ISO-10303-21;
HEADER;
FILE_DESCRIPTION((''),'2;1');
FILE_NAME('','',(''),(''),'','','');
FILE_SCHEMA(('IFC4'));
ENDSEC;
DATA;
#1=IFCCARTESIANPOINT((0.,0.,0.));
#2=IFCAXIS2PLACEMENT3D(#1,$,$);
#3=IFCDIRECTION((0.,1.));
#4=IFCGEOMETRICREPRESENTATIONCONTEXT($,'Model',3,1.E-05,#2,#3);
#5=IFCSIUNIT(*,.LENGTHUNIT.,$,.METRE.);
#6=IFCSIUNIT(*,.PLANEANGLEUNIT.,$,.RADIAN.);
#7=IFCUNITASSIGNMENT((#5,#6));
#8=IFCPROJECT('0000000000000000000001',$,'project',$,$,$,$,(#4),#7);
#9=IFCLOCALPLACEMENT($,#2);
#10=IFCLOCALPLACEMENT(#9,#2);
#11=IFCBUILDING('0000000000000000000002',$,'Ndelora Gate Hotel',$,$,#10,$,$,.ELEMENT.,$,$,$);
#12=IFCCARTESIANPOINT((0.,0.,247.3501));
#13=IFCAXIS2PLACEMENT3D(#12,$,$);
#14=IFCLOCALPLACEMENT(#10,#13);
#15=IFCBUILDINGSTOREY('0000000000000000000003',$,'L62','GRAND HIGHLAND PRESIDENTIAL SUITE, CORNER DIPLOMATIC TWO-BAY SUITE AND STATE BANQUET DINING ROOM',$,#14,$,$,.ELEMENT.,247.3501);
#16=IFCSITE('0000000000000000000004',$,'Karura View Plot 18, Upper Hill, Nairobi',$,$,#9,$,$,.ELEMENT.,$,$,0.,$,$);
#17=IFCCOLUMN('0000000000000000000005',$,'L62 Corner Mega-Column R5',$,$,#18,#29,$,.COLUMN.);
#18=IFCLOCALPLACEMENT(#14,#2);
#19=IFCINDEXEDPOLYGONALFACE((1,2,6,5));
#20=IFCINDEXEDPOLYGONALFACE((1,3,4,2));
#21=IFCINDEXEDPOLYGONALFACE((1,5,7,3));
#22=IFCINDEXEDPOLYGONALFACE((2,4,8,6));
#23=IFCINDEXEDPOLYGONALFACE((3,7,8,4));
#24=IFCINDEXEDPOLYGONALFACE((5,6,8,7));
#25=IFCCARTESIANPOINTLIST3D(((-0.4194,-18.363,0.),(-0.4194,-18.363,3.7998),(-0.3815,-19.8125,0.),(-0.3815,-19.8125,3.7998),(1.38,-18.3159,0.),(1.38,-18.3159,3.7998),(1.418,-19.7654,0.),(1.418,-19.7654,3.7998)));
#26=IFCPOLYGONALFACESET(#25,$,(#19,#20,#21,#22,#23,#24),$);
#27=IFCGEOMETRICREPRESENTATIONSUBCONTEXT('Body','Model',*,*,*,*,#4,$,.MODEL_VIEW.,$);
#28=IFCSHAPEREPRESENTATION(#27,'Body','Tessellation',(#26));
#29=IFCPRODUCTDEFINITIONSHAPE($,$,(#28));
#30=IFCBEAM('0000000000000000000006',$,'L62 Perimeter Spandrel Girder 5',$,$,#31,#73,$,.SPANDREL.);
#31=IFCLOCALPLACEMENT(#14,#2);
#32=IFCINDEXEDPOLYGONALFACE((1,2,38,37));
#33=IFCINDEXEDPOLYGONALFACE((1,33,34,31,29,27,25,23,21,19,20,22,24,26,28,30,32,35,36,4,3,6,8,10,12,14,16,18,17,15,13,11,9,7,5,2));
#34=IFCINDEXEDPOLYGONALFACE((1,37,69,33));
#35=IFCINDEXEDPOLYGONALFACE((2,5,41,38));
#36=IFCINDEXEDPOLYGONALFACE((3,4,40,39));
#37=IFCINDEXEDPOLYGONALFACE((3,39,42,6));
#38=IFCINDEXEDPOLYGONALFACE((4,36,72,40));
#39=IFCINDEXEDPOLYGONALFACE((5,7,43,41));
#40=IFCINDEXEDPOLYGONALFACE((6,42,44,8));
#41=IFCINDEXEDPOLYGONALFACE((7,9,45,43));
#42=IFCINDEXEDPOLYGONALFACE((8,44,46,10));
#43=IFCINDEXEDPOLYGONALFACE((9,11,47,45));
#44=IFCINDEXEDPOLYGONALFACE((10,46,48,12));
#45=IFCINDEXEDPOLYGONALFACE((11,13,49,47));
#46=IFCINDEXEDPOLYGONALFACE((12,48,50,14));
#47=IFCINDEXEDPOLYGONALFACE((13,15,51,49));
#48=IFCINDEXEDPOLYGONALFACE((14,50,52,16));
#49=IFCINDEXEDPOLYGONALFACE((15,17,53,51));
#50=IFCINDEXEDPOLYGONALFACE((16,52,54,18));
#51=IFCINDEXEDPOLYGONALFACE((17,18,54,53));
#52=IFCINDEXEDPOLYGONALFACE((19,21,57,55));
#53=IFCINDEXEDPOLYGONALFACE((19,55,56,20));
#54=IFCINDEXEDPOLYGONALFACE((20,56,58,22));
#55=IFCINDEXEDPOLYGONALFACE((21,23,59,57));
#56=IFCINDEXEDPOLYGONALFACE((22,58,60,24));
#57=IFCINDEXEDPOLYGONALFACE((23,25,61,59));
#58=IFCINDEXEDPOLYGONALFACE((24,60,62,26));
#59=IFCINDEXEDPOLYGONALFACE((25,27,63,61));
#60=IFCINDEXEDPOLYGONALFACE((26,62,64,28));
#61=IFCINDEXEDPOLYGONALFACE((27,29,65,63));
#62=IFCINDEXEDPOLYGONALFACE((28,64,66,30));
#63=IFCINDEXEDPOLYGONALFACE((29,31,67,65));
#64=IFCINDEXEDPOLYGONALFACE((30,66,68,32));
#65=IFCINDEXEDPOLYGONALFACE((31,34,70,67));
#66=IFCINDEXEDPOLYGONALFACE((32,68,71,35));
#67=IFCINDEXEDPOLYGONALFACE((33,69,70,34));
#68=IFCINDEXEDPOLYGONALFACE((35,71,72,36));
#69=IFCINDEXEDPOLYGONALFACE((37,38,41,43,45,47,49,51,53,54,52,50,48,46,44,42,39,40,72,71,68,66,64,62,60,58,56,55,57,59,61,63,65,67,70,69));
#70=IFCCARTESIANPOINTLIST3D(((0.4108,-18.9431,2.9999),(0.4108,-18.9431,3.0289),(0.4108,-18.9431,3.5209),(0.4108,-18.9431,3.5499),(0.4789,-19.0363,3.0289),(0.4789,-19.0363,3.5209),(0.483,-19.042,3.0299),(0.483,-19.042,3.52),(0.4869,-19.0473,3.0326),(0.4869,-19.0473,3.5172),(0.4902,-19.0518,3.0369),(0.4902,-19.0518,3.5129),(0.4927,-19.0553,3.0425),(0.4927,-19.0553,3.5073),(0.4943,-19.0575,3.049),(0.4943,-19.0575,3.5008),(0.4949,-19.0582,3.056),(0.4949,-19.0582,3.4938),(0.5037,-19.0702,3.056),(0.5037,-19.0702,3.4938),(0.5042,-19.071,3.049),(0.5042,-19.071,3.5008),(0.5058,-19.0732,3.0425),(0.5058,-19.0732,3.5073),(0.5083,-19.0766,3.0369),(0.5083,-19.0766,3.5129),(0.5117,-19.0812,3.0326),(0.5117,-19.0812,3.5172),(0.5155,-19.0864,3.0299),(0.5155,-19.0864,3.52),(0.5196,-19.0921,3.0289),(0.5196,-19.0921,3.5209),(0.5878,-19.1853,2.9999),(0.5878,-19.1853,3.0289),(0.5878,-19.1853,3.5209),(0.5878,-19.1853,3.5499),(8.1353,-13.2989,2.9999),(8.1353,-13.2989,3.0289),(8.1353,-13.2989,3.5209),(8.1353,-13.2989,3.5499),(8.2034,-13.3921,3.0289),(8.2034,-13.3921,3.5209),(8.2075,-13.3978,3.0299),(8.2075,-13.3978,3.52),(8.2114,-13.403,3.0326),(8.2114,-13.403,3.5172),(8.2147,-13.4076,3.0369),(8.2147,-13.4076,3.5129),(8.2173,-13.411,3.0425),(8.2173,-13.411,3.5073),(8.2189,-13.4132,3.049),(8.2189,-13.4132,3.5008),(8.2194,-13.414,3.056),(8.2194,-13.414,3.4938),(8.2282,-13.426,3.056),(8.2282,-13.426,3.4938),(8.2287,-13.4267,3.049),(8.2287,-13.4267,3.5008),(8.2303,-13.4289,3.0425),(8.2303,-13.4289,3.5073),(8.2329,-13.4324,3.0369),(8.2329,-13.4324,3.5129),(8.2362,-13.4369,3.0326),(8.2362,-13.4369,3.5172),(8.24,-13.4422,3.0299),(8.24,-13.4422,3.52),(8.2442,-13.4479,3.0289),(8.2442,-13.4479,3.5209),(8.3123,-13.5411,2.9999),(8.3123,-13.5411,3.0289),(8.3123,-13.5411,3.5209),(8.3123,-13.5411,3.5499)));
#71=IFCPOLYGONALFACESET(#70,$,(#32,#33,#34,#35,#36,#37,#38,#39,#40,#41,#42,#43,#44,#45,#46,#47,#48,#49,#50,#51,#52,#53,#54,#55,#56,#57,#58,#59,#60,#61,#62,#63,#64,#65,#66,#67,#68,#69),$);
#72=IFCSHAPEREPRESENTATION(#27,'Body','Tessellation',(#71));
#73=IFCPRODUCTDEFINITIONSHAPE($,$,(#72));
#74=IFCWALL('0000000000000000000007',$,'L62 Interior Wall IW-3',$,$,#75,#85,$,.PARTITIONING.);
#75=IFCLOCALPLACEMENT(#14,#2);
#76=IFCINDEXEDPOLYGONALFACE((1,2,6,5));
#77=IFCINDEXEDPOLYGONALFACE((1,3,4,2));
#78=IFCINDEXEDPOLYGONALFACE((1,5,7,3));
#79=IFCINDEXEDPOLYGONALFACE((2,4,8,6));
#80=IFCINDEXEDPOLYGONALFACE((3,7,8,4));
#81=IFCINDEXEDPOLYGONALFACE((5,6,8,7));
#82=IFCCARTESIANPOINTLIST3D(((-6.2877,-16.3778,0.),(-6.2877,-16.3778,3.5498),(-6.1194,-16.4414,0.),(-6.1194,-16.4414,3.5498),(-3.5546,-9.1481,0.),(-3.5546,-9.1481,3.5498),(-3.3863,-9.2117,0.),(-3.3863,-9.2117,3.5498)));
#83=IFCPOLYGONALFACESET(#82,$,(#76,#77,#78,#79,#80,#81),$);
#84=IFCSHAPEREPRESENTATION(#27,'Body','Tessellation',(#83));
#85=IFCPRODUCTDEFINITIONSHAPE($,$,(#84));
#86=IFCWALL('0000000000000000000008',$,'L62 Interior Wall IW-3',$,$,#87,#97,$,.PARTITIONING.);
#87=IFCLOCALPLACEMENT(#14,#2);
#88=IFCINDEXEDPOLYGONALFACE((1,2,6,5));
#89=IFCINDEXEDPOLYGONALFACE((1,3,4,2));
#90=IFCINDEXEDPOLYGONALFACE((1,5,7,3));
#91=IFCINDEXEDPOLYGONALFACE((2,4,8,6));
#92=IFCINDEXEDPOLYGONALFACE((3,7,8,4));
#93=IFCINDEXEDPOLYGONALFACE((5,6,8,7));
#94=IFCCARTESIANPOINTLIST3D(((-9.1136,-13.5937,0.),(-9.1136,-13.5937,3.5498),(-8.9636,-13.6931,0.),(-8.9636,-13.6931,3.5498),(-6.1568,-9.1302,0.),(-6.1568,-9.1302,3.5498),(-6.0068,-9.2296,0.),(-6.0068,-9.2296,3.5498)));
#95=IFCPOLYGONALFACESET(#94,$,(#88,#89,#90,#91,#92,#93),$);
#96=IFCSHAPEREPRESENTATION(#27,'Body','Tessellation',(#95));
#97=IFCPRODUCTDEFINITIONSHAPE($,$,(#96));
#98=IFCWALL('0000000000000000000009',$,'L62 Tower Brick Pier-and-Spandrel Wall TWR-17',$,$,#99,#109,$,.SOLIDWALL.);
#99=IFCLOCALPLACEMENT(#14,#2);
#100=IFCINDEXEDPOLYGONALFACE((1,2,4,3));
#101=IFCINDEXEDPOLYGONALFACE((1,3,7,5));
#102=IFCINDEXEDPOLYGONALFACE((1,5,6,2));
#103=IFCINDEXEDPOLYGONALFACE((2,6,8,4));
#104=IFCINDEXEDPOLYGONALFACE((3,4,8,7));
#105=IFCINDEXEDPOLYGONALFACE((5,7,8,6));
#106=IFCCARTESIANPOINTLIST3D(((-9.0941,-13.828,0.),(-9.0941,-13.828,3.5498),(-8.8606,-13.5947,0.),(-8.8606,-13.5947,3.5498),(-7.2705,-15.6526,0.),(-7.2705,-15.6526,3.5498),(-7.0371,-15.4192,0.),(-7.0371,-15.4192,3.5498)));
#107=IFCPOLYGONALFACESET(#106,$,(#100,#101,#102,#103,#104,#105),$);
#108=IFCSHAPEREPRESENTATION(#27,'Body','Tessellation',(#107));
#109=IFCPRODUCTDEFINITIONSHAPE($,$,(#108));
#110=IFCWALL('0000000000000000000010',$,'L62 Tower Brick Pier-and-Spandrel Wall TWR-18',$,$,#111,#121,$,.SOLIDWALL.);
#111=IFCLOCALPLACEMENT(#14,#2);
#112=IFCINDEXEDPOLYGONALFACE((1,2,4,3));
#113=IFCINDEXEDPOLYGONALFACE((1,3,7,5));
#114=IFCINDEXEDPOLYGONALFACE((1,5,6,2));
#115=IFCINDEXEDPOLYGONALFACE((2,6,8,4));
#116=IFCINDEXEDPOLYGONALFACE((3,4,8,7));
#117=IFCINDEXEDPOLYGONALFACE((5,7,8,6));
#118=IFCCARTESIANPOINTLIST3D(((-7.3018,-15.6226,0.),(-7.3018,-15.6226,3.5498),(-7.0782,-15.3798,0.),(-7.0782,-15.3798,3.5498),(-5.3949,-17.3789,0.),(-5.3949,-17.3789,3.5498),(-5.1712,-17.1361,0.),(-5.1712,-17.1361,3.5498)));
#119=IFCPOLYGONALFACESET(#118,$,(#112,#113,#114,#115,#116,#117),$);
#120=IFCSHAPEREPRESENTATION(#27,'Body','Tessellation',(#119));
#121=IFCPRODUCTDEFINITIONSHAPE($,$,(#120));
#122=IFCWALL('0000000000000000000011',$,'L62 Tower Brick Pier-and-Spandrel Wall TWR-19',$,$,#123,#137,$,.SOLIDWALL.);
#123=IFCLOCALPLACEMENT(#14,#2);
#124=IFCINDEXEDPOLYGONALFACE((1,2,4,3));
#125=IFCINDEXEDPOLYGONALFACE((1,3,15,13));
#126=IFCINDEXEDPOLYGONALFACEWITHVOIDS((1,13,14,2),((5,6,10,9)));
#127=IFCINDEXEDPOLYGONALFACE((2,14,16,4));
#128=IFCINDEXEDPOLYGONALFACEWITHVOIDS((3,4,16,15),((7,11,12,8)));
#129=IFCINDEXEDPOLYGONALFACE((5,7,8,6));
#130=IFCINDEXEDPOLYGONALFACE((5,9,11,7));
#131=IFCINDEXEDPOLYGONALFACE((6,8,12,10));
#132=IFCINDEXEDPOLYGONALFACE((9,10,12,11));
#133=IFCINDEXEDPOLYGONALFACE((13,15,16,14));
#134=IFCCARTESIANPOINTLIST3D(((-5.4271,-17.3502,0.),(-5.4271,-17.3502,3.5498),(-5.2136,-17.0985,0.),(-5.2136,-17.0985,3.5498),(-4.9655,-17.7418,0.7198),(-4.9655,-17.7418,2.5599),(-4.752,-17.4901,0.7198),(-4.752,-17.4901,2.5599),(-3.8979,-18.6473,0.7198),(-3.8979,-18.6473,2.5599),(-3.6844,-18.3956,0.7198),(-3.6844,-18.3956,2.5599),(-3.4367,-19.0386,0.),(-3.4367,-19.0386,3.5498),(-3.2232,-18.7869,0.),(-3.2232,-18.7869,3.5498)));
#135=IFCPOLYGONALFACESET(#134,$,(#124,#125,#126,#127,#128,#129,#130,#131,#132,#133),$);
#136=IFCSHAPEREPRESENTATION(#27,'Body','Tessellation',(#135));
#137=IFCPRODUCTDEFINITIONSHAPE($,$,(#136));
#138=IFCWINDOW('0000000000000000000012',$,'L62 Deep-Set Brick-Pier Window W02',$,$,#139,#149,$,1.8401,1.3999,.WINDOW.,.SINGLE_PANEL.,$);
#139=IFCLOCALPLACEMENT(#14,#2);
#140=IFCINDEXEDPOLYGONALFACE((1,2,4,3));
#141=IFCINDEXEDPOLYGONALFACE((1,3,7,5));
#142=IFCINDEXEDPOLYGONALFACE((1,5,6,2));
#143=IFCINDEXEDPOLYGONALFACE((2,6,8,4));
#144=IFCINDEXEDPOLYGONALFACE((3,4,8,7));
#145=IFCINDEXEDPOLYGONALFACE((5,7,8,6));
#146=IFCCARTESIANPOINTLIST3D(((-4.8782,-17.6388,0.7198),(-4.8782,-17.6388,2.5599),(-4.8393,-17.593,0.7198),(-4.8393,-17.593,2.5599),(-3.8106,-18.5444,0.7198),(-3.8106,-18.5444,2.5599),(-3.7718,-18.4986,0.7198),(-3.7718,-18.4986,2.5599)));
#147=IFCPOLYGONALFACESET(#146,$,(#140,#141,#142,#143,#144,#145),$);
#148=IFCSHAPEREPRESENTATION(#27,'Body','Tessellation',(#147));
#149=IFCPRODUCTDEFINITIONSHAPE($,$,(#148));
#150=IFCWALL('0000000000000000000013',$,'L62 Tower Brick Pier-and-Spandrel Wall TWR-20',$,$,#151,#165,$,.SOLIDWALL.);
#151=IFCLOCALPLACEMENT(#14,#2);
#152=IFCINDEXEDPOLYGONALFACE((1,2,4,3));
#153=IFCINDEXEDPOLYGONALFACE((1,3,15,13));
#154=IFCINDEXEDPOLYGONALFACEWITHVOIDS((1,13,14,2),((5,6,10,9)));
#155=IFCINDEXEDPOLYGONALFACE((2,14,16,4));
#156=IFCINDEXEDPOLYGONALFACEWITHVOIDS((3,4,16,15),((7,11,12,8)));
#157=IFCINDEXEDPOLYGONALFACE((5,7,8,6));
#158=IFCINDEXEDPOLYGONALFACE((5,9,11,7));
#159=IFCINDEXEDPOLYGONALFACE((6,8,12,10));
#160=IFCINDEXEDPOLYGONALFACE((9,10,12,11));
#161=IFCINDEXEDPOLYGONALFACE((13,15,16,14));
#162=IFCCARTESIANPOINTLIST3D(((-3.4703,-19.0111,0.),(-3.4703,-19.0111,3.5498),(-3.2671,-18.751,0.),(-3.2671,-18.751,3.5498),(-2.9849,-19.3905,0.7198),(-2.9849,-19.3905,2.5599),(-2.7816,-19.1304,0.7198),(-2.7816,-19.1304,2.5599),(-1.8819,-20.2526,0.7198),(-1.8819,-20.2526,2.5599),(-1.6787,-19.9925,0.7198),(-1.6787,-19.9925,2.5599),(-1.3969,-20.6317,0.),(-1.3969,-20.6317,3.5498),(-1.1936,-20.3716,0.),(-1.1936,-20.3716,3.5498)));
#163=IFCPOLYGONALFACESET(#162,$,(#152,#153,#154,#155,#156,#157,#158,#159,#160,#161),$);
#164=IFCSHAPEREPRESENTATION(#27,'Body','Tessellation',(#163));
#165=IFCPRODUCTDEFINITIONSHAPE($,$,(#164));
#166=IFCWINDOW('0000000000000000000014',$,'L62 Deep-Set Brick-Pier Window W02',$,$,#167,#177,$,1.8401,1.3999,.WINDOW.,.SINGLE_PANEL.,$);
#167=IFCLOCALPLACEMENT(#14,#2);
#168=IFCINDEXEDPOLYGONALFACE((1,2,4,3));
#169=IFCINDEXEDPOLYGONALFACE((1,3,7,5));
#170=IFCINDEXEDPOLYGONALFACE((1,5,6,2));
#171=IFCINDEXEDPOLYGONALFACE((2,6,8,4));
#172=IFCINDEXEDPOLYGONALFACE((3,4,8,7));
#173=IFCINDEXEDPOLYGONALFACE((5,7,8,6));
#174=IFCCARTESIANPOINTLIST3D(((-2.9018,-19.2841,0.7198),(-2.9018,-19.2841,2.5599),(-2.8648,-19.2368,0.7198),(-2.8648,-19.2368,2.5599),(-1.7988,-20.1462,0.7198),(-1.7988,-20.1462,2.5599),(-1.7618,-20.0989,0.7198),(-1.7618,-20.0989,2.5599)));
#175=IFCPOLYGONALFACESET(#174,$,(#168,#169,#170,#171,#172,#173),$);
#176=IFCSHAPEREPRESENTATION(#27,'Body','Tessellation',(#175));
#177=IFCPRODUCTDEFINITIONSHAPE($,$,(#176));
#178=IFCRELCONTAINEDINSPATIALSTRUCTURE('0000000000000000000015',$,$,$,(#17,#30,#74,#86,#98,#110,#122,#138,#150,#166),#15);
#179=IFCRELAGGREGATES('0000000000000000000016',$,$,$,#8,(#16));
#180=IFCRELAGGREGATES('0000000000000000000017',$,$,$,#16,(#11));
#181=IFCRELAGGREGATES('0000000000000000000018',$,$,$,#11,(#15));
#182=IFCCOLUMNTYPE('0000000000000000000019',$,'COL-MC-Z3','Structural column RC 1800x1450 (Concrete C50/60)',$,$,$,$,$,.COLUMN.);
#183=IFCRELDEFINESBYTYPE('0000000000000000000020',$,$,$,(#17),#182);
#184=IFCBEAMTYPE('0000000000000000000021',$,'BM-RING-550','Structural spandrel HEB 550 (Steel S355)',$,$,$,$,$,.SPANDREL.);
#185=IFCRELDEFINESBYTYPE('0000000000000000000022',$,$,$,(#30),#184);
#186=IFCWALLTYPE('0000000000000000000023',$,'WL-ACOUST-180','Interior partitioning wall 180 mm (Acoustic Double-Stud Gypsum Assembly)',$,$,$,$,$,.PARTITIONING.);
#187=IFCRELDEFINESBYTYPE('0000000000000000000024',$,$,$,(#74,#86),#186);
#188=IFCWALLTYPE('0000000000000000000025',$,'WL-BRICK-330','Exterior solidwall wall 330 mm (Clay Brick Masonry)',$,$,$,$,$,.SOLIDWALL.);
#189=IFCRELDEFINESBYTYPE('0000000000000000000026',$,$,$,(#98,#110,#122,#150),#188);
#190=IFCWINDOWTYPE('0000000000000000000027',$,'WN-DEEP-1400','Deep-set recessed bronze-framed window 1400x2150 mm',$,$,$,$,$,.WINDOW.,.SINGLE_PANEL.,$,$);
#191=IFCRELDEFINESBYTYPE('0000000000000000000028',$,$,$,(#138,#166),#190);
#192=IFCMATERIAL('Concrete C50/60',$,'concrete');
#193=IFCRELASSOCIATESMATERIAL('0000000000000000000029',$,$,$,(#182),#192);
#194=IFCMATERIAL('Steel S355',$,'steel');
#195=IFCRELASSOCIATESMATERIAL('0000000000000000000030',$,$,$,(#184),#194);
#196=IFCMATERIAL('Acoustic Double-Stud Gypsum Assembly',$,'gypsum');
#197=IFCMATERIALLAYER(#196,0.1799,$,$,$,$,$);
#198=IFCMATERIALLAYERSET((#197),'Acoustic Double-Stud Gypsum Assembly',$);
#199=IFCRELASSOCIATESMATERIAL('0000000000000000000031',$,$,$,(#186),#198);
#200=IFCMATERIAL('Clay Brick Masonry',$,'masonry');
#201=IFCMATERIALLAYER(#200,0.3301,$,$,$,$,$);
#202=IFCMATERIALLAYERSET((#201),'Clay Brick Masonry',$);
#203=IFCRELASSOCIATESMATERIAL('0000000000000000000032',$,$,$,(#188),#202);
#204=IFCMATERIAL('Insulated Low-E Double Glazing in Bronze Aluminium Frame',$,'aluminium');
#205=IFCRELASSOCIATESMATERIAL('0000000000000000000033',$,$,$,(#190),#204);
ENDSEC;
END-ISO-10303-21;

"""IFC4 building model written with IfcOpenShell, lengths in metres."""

from ifc_helpers import new_model, si_unit, direction, frame, frame_2d, origin, origin_2d, place, context, subcontext, project, spatial, rectangle, i_section, extrude, material, layer, layer_set, material_profile, profile_set, type_object, element, fill, save


model = new_model("IFC4")

# Units and contexts
model_context = context("Model", 3, precision=1e-05, world=origin(), true_north=direction((0.0, 1.0)))
body_context = subcontext(model_context, "Body", "Model", "MODEL_VIEW")
ifc_project = project(units=[si_unit("LENGTHUNIT", "METRE"), si_unit("PLANEANGLEUNIT", "RADIAN")], contexts=[model_context])

# Site, building, storey
site_placement = place(None, origin())
site = spatial("IfcSite", under=ifc_project, at=site_placement, Name="Karura View Plot 18, Upper Hill, Nairobi", CompositionType="ELEMENT", RefElevation=0.0)
building_placement = place(site_placement, origin())
building = spatial("IfcBuilding", under=site, at=building_placement, Name="Ndelora Gate Hotel", CompositionType="ELEMENT")
storey_placement = place(building_placement, frame((0.0, 0.0, 247.3501)))
storey = spatial("IfcBuildingStorey", under=building, at=storey_placement, Name="L62", Description="GRAND HIGHLAND PRESIDENTIAL SUITE, CORNER DIPLOMATIC TWO-BAY SUITE AND STATE BANQUET DINING ROOM", CompositionType="ELEMENT", Elevation=247.3501)

# Column
ifc_material_1 = material(Name="Concrete C50/60", Category="concrete")
ifc_material_profile_1 = material_profile(ifc_material_1, rectangle(XDim=1.45, YDim=1.8, at=origin_2d()), Name="RC 1800x1450")
ifc_profile_set_1 = profile_set([ifc_material_profile_1], Name="Concrete C50/60")
column_type = type_object("IfcColumnType", Name="COL-MC-Z3", Description="Structural column RC 1800x1450 (Concrete C50/60)", PredefinedType="COLUMN", material=ifc_profile_set_1)
column_placement = place(storey_placement, frame((0.4993, -19.0642, 0.0), z_axis=(0.0, 0.0, 1.0), x_axis=(-0.026177, 0.999657, 0.0)))
element("IfcColumn", 1, at=column_placement, inside=storey, type_object=column_type, Name="L62 Corner Mega-Column R5", PredefinedType="COLUMN", context=body_context, shape_type="SweptSolid", body=[
    extrude(rectangle(XDim=1.45, YDim=1.8, at=origin_2d()), origin(), (0.0, 0.0, 1.0), 3.7998),
])

# Beam
ifc_material_2 = material(Name="Steel S355", Category="steel")
ifc_material_profile_2 = material_profile(ifc_material_2, i_section(OverallWidth=0.3, OverallDepth=0.55, WebThickness=0.0149, FlangeThickness=0.0291, FilletRadius=0.0271, at=origin_2d()), Name="HEB 550")
ifc_profile_set_2 = profile_set([ifc_material_profile_2], Name="Steel S355")
beam_type = type_object("IfcBeamType", Name="BM-RING-550", Description="Structural spandrel HEB 550 (Steel S355)", PredefinedType="SPANDREL", material=ifc_profile_set_2)
beam_placement = place(storey_placement, frame((0.4993, -19.0642, 3.2749), z_axis=(0.807422, 0.589974, 0.0), x_axis=(-0.589974, 0.807422, 0.0)))
element("IfcBeam", 2, at=beam_placement, inside=storey, type_object=beam_type, Name="L62 Perimeter Spandrel Girder 5", PredefinedType="SPANDREL", context=body_context, shape_type="SweptSolid", body=[
    extrude(i_section(OverallWidth=0.3, OverallDepth=0.55, WebThickness=0.0149, FlangeThickness=0.0291, FilletRadius=0.0271, at=origin_2d()), origin(), (0.0, 0.0, 1.0), 9.5669),
])

# Walls
ifc_material_3 = material(Name="Acoustic Double-Stud Gypsum Assembly", Category="gypsum")
ifc_layer_1 = layer(ifc_material_3, 0.1799)
ifc_layer_set_1 = layer_set([ifc_layer_1], Name="Acoustic Double-Stud Gypsum Assembly")
wall_type_1 = type_object("IfcWallType", Name="WL-ACOUST-180", Description="Interior partitioning wall 180 mm (Acoustic Double-Stud Gypsum Assembly)", PredefinedType="PARTITIONING", material=ifc_layer_set_1)
wall_1_placement = place(storey_placement, frame((-3.4705, -9.1799, 0.0), z_axis=(0.0, 0.0, 1.0), x_axis=(-0.353618, -0.93539, 0.0)))
element("IfcWall", 3, at=wall_1_placement, inside=storey, type_object=wall_type_1, Name="L62 Interior Wall IW-3", PredefinedType="PARTITIONING", context=body_context, shape_type="SweptSolid", body=[
    extrude(rectangle(XDim=7.729, YDim=0.1799, at=frame_2d((3.8645, 0.0))), origin(), (0.0, 0.0, 1.0), 3.5498),
])
wall_2_placement = place(storey_placement, frame((-6.0818, -9.1799, 0.0), z_axis=(0.0, 0.0, 1.0), x_axis=(-0.552267, -0.833667, 0.0)))
element("IfcWall", 4, at=wall_2_placement, inside=storey, type_object=wall_type_1, Name="L62 Interior Wall IW-3", PredefinedType="PARTITIONING", context=body_context, shape_type="SweptSolid", body=[
    extrude(rectangle(XDim=5.354, YDim=0.1799, at=frame_2d((2.677, 0.0))), origin(), (0.0, 0.0, 1.0), 3.5498),
])
ifc_material_4 = material(Name="Clay Brick Masonry", Category="masonry")
ifc_layer_2 = layer(ifc_material_4, 0.3301)
ifc_layer_set_2 = layer_set([ifc_layer_2], Name="Clay Brick Masonry")
wall_type_2 = type_object("IfcWallType", Name="WL-BRICK-330", Description="Exterior solidwall wall 330 mm (Clay Brick Masonry)", PredefinedType="SOLIDWALL", material=ifc_layer_set_2)
wall_3_placement = place(storey_placement, frame((-7.1538, -15.5359, 0.0), z_axis=(0.0, 0.0, 1.0), x_axis=(-0.706917, 0.707296, 0.0)))
element("IfcWall", 5, at=wall_3_placement, inside=storey, type_object=wall_type_2, Name="L62 Tower Brick Pier-and-Spandrel Wall TWR-17", PredefinedType="SOLIDWALL", context=body_context, shape_type="SweptSolid", body=[
    extrude(rectangle(XDim=2.5796, YDim=0.3301, at=frame_2d((1.2898, 0.0))), origin(), (0.0, 0.0, 1.0), 3.5498),
])
wall_4_placement = place(storey_placement, frame((-5.283, -17.2576, 0.0), z_axis=(0.0, 0.0, 1.0), x_axis=(-0.735561, 0.677458, 0.0)))
element("IfcWall", 6, at=wall_4_placement, inside=storey, type_object=wall_type_2, Name="L62 Tower Brick Pier-and-Spandrel Wall TWR-18", PredefinedType="SOLIDWALL", context=body_context, shape_type="SweptSolid", body=[
    extrude(rectangle(XDim=2.5925, YDim=0.3301, at=frame_2d((1.2964, 0.0))), origin(), (0.0, 0.0, 1.0), 3.5498),
])

# Walls, openings, windows
wall_5_placement = place(storey_placement, frame((-3.3298, -18.9128, 0.0), z_axis=(0.0, 0.0, 1.0), x_axis=(-0.762587, 0.646885, 0.0)))
wall_5 = element("IfcWall", 7, at=wall_5_placement, inside=storey, type_object=wall_type_2, Name="L62 Tower Brick Pier-and-Spandrel Wall TWR-19", PredefinedType="SOLIDWALL", context=body_context, shape_type="SweptSolid", body=[
    extrude(rectangle(XDim=2.6101, YDim=0.3301, at=frame_2d((1.3052, 0.0))), origin(), (0.0, 0.0, 1.0), 3.5498),
])
opening_1_placement = place(wall_5_placement, frame((0.605, 0.0, 0.72)))
opening_1 = element("IfcOpeningElement", 8, at=opening_1_placement, cuts=wall_5, PredefinedType="OPENING", context=body_context, shape_type="SweptSolid", body=[
    extrude(rectangle(XDim=1.3999, YDim=1.8401, at=frame_2d((0.7, 0.9199))), frame((0.0, 0.175, 0.0), z_axis=(0.0, -1.0, 0.0), x_axis=(1.0, 0.0, 0.0)), (0.0, 0.0, 1.0), 0.3501),
])
ifc_material_5 = material(Name="Insulated Low-E Double Glazing in Bronze Aluminium Frame", Category="aluminium")
window_type = type_object("IfcWindowType", Name="WN-DEEP-1400", Description="Deep-set recessed bronze-framed window 1400x2150 mm", PartitioningType="SINGLE_PANEL", PredefinedType="WINDOW", material=ifc_material_5)
window_1_placement = place(opening_1_placement, origin())
window_1 = element("IfcWindow", 9, at=window_1_placement, inside=storey, type_object=window_type, Name="L62 Deep-Set Brick-Pier Window W02", OverallHeight=1.8401, OverallWidth=1.3999, PartitioningType="SINGLE_PANEL", PredefinedType="WINDOW", context=body_context, shape_type="SweptSolid", body=[
    extrude(rectangle(XDim=1.3999, YDim=1.8401, at=frame_2d((0.7, 0.9199))), frame((0.0, 0.03, 0.0), z_axis=(0.0, -1.0, 0.0), x_axis=(1.0, 0.0, 0.0)), (0.0, 0.0, 1.0), 0.0601),
])
fill(opening_1, window_1)
wall_6_placement = place(storey_placement, frame((-1.2952, -20.5017, 0.0), z_axis=(0.0, 0.0, 1.0), x_axis=(-0.787896, 0.615808, 0.0)))
wall_6 = element("IfcWall", 10, at=wall_6_placement, inside=storey, type_object=wall_type_2, Name="L62 Tower Brick Pier-and-Spandrel Wall TWR-20", PredefinedType="SOLIDWALL", context=body_context, shape_type="SweptSolid", body=[
    extrude(rectangle(XDim=2.6316, YDim=0.3301, at=frame_2d((1.3159, 0.0))), origin(), (0.0, 0.0, 1.0), 3.5498),
])
opening_2_placement = place(wall_6_placement, frame((0.6157, 0.0, 0.72)))
opening_2 = element("IfcOpeningElement", 11, at=opening_2_placement, cuts=wall_6, PredefinedType="OPENING", context=body_context, shape_type="SweptSolid", body=[
    extrude(rectangle(XDim=1.3999, YDim=1.8401, at=frame_2d((0.7, 0.9199))), frame((0.0, 0.175, 0.0), z_axis=(0.0, -1.0, 0.0), x_axis=(1.0, 0.0, 0.0)), (0.0, 0.0, 1.0), 0.3501),
])
window_2_placement = place(opening_2_placement, origin())
window_2 = element("IfcWindow", 12, at=window_2_placement, inside=storey, type_object=window_type, Name="L62 Deep-Set Brick-Pier Window W02", OverallHeight=1.8401, OverallWidth=1.3999, PartitioningType="SINGLE_PANEL", PredefinedType="WINDOW", context=body_context, shape_type="SweptSolid", body=[
    extrude(rectangle(XDim=1.3999, YDim=1.8401, at=frame_2d((0.7, 0.9199))), frame((0.0, 0.03, 0.0), z_axis=(0.0, -1.0, 0.0), x_axis=(1.0, 0.0, 0.0)), (0.0, 0.0, 1.0), 0.0601),
])
fill(opening_2, window_2)

save(model, "model.ifc")
